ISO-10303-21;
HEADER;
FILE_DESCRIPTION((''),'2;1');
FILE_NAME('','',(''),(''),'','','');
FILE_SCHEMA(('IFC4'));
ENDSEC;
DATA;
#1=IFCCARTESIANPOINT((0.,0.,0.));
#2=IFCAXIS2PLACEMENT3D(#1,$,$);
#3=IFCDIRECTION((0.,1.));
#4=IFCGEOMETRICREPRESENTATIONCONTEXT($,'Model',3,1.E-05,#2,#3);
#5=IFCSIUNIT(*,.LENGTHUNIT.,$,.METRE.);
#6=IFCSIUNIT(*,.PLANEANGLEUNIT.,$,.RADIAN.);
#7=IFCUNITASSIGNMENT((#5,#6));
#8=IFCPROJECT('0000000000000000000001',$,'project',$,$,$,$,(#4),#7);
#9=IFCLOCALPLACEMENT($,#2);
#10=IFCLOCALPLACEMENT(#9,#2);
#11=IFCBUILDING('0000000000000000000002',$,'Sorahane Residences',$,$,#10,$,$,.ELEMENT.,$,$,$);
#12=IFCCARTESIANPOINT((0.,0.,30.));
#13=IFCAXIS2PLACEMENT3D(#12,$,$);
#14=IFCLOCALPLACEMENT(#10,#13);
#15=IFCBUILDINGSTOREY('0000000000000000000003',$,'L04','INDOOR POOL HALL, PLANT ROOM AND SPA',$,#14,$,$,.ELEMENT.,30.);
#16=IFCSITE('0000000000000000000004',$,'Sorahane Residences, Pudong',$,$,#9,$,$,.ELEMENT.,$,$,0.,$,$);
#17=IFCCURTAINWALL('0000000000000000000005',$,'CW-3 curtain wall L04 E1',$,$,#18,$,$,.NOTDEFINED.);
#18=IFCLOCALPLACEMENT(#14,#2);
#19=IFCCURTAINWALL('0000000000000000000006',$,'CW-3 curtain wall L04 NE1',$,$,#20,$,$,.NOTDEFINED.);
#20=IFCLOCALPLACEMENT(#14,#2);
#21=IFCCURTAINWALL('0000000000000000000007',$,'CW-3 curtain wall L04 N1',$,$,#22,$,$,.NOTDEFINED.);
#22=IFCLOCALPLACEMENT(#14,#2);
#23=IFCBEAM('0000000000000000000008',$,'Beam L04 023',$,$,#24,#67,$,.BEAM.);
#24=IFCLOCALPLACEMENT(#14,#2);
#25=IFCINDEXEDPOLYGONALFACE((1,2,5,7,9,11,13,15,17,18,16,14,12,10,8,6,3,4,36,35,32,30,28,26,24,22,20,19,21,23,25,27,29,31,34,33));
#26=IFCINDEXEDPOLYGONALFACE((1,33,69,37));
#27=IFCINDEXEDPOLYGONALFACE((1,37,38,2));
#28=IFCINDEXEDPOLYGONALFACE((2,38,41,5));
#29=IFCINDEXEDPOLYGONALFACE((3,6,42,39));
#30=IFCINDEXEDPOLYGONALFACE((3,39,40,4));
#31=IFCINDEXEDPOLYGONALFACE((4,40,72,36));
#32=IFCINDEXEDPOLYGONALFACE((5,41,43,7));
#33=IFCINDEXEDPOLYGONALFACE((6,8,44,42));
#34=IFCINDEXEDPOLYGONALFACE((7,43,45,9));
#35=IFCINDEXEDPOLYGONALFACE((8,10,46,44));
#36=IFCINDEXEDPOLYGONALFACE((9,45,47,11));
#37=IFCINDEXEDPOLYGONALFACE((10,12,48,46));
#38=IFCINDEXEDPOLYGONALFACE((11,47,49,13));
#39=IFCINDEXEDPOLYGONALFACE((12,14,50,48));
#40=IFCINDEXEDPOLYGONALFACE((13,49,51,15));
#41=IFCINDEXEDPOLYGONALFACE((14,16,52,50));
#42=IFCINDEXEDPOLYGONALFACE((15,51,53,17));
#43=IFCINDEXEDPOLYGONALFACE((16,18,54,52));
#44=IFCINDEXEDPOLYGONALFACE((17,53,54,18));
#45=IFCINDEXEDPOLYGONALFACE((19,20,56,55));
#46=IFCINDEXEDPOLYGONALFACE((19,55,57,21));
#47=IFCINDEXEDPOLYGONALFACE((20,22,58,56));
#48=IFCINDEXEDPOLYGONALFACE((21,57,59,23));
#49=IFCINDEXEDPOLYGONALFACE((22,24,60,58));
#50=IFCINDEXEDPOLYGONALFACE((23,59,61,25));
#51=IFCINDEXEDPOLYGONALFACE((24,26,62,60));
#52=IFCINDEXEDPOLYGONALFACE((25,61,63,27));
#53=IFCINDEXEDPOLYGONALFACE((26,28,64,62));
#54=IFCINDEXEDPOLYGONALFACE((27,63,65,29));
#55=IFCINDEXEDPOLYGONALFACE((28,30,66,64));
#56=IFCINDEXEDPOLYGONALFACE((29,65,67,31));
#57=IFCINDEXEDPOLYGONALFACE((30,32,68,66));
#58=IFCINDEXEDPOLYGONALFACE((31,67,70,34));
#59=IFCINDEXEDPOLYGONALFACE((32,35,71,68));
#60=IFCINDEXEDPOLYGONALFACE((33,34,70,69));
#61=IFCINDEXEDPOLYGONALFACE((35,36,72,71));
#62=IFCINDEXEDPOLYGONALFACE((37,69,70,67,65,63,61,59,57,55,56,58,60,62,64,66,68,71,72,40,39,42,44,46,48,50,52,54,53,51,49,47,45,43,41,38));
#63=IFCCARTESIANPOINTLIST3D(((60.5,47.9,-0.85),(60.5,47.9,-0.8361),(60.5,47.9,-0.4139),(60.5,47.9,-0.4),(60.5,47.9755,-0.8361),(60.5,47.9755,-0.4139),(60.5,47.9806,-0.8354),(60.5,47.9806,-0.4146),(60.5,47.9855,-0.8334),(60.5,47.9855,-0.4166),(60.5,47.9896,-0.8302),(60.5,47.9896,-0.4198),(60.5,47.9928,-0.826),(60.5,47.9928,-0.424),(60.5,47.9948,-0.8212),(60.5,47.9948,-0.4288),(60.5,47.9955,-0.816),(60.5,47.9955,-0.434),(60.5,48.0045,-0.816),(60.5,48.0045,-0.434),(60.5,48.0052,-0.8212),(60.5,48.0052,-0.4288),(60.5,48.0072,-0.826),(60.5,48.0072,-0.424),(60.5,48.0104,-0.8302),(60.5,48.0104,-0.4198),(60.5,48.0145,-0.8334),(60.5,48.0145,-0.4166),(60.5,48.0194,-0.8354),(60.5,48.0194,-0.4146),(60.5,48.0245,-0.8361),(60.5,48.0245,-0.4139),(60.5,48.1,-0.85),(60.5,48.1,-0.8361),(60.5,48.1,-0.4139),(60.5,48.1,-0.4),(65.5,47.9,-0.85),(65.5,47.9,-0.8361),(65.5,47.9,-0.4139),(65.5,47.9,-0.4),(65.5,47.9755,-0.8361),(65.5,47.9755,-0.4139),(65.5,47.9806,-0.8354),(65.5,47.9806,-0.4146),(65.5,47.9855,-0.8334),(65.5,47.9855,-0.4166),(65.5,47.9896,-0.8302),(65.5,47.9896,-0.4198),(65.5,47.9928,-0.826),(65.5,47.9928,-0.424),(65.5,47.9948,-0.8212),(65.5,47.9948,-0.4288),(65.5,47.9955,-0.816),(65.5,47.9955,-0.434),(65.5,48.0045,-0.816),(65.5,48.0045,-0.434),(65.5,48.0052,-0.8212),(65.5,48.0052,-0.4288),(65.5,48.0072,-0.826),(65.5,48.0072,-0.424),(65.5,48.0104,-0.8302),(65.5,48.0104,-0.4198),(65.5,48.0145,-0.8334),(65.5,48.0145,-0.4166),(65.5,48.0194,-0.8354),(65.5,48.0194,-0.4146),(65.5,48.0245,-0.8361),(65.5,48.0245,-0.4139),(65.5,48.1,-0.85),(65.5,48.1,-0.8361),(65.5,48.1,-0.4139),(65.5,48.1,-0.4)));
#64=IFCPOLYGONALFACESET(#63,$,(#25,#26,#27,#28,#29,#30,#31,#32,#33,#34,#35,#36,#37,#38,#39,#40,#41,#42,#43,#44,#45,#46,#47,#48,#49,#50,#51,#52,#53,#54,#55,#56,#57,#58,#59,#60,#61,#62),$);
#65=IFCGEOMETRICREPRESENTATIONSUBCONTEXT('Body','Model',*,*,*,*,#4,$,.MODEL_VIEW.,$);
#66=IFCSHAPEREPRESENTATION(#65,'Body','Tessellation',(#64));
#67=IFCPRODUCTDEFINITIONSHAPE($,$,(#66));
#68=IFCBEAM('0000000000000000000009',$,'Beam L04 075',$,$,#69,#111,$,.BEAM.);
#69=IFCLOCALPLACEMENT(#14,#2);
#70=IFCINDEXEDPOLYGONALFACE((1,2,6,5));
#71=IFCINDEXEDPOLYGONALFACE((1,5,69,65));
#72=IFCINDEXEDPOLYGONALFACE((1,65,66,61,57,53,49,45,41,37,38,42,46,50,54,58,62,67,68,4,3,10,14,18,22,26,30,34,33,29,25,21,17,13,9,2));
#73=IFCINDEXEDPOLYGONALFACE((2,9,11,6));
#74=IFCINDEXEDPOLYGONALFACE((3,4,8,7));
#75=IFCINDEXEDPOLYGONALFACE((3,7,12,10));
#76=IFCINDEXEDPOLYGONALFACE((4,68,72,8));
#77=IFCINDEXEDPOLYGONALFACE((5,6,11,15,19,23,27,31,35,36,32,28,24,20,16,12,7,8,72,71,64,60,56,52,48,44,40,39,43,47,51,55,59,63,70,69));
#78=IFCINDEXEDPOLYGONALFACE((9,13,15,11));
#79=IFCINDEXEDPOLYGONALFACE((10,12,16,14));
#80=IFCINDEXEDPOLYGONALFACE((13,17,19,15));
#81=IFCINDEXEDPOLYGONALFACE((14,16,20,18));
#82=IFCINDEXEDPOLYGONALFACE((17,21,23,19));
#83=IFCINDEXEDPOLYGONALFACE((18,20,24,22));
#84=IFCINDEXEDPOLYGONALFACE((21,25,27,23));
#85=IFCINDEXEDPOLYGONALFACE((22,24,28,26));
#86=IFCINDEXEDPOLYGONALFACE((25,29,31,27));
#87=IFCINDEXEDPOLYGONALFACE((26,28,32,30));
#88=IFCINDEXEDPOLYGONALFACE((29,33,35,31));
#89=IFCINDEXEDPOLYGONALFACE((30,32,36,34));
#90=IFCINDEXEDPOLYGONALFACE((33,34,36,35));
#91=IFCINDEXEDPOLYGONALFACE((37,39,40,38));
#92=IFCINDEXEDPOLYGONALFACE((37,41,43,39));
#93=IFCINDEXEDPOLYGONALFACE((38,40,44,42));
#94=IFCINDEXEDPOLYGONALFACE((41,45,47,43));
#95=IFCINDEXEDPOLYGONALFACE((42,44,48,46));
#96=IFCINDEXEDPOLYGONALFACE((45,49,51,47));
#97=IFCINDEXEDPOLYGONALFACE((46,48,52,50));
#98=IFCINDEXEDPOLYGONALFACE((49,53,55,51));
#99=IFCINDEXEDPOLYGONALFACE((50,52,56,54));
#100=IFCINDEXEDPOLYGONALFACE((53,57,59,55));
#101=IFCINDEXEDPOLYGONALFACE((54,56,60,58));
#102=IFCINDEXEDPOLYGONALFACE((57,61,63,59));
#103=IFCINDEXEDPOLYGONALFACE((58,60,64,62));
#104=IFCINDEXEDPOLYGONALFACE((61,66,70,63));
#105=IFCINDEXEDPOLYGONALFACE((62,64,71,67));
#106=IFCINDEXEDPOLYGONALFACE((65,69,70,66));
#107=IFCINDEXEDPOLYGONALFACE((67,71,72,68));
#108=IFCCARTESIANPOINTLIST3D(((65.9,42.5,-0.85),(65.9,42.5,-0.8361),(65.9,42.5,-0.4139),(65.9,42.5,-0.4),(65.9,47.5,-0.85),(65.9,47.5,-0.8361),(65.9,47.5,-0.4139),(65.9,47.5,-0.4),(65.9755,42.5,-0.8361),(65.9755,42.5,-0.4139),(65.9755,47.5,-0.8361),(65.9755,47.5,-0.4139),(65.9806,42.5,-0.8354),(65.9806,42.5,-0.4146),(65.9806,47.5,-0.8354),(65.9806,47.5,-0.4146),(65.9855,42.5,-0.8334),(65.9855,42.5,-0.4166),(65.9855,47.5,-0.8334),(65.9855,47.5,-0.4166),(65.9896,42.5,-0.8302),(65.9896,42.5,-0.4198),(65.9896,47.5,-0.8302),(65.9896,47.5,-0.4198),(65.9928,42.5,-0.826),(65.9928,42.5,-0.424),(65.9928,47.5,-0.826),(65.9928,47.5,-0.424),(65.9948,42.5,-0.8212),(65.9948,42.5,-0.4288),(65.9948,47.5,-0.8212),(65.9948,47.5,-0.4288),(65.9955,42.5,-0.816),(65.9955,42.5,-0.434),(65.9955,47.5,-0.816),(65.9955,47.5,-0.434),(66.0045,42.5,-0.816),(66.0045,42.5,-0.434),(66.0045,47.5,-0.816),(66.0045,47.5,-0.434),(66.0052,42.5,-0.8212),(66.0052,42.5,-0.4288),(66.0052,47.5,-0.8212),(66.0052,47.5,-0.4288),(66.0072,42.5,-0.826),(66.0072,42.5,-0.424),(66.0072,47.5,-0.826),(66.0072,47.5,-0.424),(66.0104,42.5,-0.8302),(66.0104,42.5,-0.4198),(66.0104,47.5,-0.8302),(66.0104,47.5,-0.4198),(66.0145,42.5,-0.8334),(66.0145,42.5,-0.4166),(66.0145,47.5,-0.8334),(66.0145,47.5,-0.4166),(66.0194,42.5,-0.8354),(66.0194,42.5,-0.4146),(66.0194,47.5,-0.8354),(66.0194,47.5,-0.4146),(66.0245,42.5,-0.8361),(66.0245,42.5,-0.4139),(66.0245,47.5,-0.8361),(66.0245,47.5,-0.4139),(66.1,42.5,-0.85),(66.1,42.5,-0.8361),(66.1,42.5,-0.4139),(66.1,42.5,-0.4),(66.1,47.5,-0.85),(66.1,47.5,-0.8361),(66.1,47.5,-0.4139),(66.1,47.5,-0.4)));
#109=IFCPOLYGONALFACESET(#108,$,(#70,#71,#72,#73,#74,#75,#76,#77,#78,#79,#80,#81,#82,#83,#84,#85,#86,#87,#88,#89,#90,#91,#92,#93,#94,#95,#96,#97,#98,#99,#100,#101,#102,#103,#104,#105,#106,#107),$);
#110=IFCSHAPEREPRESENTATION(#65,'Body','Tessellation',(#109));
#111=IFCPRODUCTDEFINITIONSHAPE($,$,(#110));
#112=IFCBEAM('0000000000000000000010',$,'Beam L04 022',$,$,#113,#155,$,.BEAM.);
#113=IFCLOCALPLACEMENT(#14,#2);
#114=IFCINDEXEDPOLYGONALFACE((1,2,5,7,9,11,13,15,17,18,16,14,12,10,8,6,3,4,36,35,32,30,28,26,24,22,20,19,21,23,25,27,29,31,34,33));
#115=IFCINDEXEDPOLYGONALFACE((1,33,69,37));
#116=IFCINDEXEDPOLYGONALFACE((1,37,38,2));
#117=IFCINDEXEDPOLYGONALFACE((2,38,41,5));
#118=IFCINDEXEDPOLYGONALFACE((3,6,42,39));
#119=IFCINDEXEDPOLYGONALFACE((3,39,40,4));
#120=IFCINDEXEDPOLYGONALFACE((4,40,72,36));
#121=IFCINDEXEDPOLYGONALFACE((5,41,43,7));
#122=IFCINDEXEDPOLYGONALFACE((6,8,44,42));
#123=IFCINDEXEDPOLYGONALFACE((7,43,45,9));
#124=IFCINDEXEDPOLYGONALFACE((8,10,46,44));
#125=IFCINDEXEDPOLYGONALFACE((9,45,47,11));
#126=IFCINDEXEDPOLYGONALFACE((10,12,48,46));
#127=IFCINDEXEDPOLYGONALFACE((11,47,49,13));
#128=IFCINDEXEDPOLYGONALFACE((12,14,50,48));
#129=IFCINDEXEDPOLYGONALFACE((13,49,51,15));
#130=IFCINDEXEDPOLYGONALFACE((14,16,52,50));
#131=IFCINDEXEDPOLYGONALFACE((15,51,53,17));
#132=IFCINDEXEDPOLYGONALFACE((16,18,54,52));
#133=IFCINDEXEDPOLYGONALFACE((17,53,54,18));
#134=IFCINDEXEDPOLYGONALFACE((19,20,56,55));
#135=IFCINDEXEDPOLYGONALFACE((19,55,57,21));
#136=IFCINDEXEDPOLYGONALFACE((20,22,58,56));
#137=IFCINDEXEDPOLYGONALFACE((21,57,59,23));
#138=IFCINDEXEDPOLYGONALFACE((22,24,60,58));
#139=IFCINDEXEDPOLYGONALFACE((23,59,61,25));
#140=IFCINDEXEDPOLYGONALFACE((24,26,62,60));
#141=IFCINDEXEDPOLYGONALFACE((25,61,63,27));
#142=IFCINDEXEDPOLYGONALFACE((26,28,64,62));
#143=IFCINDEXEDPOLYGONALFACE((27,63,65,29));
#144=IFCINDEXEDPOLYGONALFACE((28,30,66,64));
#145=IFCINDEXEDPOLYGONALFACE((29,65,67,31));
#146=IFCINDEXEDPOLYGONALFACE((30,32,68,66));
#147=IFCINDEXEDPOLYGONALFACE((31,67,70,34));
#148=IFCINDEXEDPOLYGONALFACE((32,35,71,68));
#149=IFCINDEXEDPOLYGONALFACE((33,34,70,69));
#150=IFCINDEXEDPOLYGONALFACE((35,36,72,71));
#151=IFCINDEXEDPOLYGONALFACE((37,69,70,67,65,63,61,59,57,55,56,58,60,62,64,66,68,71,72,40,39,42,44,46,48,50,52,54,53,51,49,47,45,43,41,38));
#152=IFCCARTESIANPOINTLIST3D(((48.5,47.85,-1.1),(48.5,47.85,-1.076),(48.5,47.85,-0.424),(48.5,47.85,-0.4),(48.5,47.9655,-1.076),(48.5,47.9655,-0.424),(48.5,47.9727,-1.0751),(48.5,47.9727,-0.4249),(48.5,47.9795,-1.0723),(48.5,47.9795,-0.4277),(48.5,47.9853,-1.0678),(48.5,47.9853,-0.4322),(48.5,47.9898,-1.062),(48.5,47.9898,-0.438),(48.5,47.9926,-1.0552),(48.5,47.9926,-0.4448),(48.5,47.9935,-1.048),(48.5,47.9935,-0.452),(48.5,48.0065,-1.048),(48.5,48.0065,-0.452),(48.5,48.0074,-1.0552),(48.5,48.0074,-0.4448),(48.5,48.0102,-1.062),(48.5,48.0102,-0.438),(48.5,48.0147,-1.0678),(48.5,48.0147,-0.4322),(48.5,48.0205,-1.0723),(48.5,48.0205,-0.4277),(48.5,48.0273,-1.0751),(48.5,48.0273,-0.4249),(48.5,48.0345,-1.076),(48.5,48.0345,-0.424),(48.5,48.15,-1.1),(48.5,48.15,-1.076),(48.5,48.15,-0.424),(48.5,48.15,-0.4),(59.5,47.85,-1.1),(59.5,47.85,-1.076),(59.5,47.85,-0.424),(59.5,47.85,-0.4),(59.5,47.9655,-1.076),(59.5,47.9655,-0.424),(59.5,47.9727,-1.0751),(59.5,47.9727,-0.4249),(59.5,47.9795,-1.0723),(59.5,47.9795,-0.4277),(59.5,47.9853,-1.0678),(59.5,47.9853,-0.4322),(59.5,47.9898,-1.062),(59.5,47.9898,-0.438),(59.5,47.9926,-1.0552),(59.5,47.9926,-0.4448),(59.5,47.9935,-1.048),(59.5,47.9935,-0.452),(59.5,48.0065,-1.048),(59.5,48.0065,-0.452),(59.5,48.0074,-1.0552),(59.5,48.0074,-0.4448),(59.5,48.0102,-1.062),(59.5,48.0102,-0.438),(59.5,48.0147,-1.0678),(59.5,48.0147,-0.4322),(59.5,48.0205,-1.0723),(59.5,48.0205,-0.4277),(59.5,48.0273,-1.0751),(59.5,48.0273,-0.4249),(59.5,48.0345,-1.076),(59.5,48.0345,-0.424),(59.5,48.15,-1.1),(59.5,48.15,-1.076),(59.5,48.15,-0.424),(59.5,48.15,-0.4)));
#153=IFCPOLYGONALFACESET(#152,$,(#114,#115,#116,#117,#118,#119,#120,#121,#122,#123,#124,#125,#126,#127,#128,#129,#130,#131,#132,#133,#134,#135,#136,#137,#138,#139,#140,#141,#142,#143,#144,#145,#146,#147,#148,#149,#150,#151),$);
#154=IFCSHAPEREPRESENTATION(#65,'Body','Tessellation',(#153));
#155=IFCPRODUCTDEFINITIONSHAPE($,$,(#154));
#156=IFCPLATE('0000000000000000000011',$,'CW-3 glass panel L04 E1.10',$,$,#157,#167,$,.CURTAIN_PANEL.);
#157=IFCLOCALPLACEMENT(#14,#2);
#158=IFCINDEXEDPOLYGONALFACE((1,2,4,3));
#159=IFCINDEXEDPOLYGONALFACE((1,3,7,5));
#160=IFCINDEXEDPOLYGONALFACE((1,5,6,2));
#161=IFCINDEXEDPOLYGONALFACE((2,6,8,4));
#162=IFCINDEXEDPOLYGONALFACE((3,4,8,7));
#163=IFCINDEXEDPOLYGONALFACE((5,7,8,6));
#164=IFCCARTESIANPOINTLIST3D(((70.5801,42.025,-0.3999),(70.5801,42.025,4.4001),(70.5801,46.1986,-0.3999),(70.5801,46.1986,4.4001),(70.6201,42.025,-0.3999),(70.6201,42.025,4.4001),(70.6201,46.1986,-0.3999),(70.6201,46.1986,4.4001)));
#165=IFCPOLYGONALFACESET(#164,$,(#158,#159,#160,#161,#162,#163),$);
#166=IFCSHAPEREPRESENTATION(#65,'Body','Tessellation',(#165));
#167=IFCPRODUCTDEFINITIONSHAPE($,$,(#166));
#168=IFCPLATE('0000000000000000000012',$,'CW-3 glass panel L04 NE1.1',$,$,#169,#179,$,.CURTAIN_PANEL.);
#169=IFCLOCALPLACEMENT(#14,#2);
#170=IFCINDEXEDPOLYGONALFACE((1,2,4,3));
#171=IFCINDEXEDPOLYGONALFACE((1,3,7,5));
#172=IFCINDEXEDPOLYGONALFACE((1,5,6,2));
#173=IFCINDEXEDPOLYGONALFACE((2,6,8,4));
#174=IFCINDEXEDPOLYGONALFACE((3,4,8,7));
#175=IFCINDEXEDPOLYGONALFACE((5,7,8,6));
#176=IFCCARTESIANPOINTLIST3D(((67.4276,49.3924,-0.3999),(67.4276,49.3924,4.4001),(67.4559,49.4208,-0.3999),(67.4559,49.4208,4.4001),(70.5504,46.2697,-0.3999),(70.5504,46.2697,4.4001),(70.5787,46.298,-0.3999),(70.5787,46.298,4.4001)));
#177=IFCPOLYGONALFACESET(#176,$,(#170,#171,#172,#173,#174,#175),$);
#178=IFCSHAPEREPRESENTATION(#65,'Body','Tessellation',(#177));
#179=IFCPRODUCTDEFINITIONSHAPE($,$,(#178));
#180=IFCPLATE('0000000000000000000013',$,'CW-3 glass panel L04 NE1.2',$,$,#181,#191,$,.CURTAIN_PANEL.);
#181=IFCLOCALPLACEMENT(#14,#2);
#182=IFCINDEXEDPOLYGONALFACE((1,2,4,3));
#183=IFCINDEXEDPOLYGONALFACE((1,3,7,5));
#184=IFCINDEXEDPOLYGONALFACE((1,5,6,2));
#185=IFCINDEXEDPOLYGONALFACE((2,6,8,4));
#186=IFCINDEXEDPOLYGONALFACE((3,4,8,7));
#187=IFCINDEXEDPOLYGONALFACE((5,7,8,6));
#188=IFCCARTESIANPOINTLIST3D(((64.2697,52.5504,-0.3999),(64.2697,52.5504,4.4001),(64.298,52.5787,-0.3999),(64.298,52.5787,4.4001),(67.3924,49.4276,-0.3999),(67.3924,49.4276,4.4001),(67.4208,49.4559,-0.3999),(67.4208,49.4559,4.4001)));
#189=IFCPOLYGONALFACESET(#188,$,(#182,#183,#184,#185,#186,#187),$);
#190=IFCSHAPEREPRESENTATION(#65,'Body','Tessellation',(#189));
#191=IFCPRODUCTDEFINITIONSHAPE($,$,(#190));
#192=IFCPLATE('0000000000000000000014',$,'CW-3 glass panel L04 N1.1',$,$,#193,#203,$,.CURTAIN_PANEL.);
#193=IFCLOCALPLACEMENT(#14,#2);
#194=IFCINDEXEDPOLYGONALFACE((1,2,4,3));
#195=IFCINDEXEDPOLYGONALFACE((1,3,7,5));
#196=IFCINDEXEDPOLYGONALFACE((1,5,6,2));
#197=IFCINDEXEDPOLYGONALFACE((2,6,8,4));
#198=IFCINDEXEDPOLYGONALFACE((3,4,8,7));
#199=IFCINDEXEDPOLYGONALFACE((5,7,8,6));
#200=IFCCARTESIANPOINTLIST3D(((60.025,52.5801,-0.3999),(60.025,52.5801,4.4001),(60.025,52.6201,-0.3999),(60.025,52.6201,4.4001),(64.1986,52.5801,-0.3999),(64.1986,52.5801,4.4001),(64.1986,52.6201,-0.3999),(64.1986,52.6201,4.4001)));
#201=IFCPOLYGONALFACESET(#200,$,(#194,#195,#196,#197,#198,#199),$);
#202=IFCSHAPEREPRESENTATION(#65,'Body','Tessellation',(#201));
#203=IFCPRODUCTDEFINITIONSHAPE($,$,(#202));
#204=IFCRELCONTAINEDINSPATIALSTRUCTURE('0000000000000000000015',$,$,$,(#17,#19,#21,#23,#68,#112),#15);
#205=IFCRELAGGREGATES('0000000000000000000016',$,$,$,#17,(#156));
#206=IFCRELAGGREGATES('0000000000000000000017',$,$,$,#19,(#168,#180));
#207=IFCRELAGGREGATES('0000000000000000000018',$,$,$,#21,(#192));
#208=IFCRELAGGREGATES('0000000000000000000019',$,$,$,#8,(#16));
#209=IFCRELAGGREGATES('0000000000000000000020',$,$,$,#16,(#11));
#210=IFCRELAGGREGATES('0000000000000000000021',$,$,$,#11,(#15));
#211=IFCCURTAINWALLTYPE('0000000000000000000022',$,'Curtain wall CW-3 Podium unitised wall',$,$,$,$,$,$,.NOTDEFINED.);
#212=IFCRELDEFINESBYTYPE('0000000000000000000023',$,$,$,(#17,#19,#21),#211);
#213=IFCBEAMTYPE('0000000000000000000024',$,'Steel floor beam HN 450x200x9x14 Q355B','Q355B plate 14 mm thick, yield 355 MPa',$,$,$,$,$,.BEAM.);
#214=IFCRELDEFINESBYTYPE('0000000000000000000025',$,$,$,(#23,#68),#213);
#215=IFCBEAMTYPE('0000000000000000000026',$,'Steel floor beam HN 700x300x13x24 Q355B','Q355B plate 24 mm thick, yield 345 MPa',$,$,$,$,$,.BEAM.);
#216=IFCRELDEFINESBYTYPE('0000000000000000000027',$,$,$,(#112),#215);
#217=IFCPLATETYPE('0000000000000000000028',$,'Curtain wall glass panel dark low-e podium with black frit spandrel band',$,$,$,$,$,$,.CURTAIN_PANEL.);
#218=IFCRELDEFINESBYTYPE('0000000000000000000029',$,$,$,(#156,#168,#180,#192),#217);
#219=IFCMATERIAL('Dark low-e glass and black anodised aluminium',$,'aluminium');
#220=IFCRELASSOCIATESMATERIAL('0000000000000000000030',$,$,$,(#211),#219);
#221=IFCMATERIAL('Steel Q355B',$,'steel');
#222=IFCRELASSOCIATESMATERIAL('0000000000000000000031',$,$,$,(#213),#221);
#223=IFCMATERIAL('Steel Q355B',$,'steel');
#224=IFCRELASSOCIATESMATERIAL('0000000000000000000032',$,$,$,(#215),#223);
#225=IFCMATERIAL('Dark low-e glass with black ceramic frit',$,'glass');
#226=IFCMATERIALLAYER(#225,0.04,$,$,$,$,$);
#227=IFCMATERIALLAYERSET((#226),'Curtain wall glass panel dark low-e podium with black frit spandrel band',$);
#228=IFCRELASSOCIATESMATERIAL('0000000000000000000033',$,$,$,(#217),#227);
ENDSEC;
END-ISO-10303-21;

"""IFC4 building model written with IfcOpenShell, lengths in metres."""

from ifc_helpers import new_model, si_unit, direction, frame, origin, origin_2d, place, context, subcontext, project, spatial, rectangle, i_section, extrude, material, layer, layer_set, material_profile, profile_set, type_object, element, aggregate, save


model = new_model("IFC4")

# Units and contexts
model_context = context("Model", 3, precision=1e-05, world=origin(), true_north=direction((0.0, 1.0)))
body_context = subcontext(model_context, "Body", "Model", "MODEL_VIEW")
ifc_project = project(units=[si_unit("LENGTHUNIT", "METRE"), si_unit("PLANEANGLEUNIT", "RADIAN")], contexts=[model_context])

# Site, building, storey
site_placement = place(None, origin())
site = spatial("IfcSite", under=ifc_project, at=site_placement, Name="Sorahane Residences, Pudong", CompositionType="ELEMENT", RefElevation=0.0)
building_placement = place(site_placement, origin())
building = spatial("IfcBuilding", under=site, at=building_placement, Name="Sorahane Residences", CompositionType="ELEMENT")
storey_placement = place(building_placement, frame((0.0, 0.0, 30.0)))
storey = spatial("IfcBuildingStorey", under=building, at=storey_placement, Name="L04", Description="INDOOR POOL HALL, PLANT ROOM AND SPA", CompositionType="ELEMENT", Elevation=30.0)

# Curtain wall
ifc_material_1 = material(Name="Dark low-e glass and black anodised aluminium", Category="aluminium")
curtain_wall_type = type_object("IfcCurtainWallType", Name="Curtain wall CW-3 Podium unitised wall", PredefinedType="NOTDEFINED", material=ifc_material_1)
curtain_wall_1_placement = place(storey_placement, origin())
curtain_wall_1 = element("IfcCurtainWall", 1, at=curtain_wall_1_placement, inside=storey, type_object=curtain_wall_type, Name="CW-3 curtain wall L04 E1", PredefinedType="NOTDEFINED")

# Curtain walls
curtain_wall_2_placement = place(storey_placement, origin())
curtain_wall_2 = element("IfcCurtainWall", 2, at=curtain_wall_2_placement, inside=storey, type_object=curtain_wall_type, Name="CW-3 curtain wall L04 NE1", PredefinedType="NOTDEFINED")
curtain_wall_3_placement = place(storey_placement, origin())
curtain_wall_3 = element("IfcCurtainWall", 3, at=curtain_wall_3_placement, inside=storey, type_object=curtain_wall_type, Name="CW-3 curtain wall L04 N1", PredefinedType="NOTDEFINED")

# Beams
ifc_material_2 = material(Name="Steel Q355B", Category="steel")
ifc_material_profile_1 = material_profile(ifc_material_2, i_section(OverallWidth=0.2, OverallDepth=0.45, WebThickness=0.009, FlangeThickness=0.0139, FilletRadius=0.02, at=origin_2d()), Name="HN 450x200x9x14")
ifc_profile_set_1 = profile_set([ifc_material_profile_1], Name="Steel Q355B")
beam_type_1 = type_object("IfcBeamType", Name="Steel floor beam HN 450x200x9x14 Q355B", Description="Q355B plate 14 mm thick, yield 355 MPa", PredefinedType="BEAM", material=ifc_profile_set_1)
for number, where, z_axis, x_axis, name in (
    (4, (60.5, 48.0, -0.625), (1.0, 0.0, 0.0), (0.0, 1.0, 0.0), "Beam L04 023"),
    (5, (66.0, 42.5, -0.625), (0.0, 1.0, 0.0), (-1.0, 0.0, 0.0), "Beam L04 075"),
):
    element("IfcBeam", number, at=place(storey_placement, frame(where, z_axis=z_axis, x_axis=x_axis)), inside=storey, type_object=beam_type_1, Name=name, PredefinedType="BEAM", context=body_context, shape_type="SweptSolid", body=[
        extrude(i_section(OverallWidth=0.2, OverallDepth=0.45, WebThickness=0.009, FlangeThickness=0.0139, FilletRadius=0.02, at=origin_2d()), origin(), (0.0, 0.0, 1.0), 5.0),
    ])
ifc_material_3 = material(Name="Steel Q355B", Category="steel")
ifc_material_profile_2 = material_profile(ifc_material_3, i_section(OverallWidth=0.3, OverallDepth=0.7, WebThickness=0.0129, FlangeThickness=0.0239, FilletRadius=0.0281, at=origin_2d()), Name="HN 700x300x13x24")
ifc_profile_set_2 = profile_set([ifc_material_profile_2], Name="Steel Q355B")
beam_type_2 = type_object("IfcBeamType", Name="Steel floor beam HN 700x300x13x24 Q355B", Description="Q355B plate 24 mm thick, yield 345 MPa", PredefinedType="BEAM", material=ifc_profile_set_2)
beam_placement = place(storey_placement, frame((48.5, 48.0, -0.75), z_axis=(1.0, 0.0, 0.0), x_axis=(0.0, 1.0, 0.0)))
element("IfcBeam", 6, at=beam_placement, inside=storey, type_object=beam_type_2, Name="Beam L04 022", PredefinedType="BEAM", context=body_context, shape_type="SweptSolid", body=[
    extrude(i_section(OverallWidth=0.3, OverallDepth=0.7, WebThickness=0.0129, FlangeThickness=0.0239, FilletRadius=0.0281, at=origin_2d()), origin(), (0.0, 0.0, 1.0), 11.0),
])

# Plates
ifc_material_4 = material(Name="Dark low-e glass with black ceramic frit", Category="glass")
ifc_layer = layer(ifc_material_4, 0.04)
ifc_layer_set = layer_set([ifc_layer], Name="Curtain wall glass panel dark low-e podium with black frit spandrel band")
plate_type = type_object("IfcPlateType", Name="Curtain wall glass panel dark low-e podium with black frit spandrel band", PredefinedType="CURTAIN_PANEL", material=ifc_layer_set)
plate_1_placement = place(storey_placement, frame((70.6001, 44.1118, -0.3999), z_axis=(0.0, 0.0, 1.0), x_axis=(0.0, 1.0, 0.0)))
plate_1 = element("IfcPlate", 7, at=plate_1_placement, type_object=plate_type, Name="CW-3 glass panel L04 E1.10", PredefinedType="CURTAIN_PANEL", context=body_context, shape_type="SweptSolid", body=[
    extrude(rectangle(XDim=4.1736, YDim=0.04, at=origin_2d()), origin(), (0.0, 0.0, 1.0), 4.8),
])
aggregate(curtain_wall_1, [plate_1])
plate_2_placement = place(storey_placement, frame((69.0032, 47.8452, -0.3999), z_axis=(0.0, 0.0, 1.0), x_axis=(-0.707107, 0.707107, 0.0)))
plate_2 = element("IfcPlate", 8, at=plate_2_placement, type_object=plate_type, Name="CW-3 glass panel L04 NE1.1", PredefinedType="CURTAIN_PANEL", context=body_context, shape_type="SweptSolid", body=[
    extrude(rectangle(XDim=4.4163, YDim=0.04, at=origin_2d()), origin(), (0.0, 0.0, 1.0), 4.8),
])
plate_3_placement = place(storey_placement, frame((65.8452, 51.0032, -0.3999), z_axis=(0.0, 0.0, 1.0), x_axis=(-0.707107, 0.707107, 0.0)))
plate_3 = element("IfcPlate", 9, at=plate_3_placement, type_object=plate_type, Name="CW-3 glass panel L04 NE1.2", PredefinedType="CURTAIN_PANEL", context=body_context, shape_type="SweptSolid", body=[
    extrude(rectangle(XDim=4.4163, YDim=0.04, at=origin_2d()), origin(), (0.0, 0.0, 1.0), 4.8),
])
aggregate(curtain_wall_2, [plate_2, plate_3])
plate_4_placement = place(storey_placement, frame((62.1118, 52.6001, -0.3999), z_axis=(0.0, 0.0, 1.0), x_axis=(-1.0, 0.0, 0.0)))
plate_4 = element("IfcPlate", 10, at=plate_4_placement, type_object=plate_type, Name="CW-3 glass panel L04 N1.1", PredefinedType="CURTAIN_PANEL", context=body_context, shape_type="SweptSolid", body=[
    extrude(rectangle(XDim=4.1736, YDim=0.04, at=origin_2d()), origin(), (0.0, 0.0, 1.0), 4.8),
])
aggregate(curtain_wall_3, [plate_4])

save(model, "model.ifc")
